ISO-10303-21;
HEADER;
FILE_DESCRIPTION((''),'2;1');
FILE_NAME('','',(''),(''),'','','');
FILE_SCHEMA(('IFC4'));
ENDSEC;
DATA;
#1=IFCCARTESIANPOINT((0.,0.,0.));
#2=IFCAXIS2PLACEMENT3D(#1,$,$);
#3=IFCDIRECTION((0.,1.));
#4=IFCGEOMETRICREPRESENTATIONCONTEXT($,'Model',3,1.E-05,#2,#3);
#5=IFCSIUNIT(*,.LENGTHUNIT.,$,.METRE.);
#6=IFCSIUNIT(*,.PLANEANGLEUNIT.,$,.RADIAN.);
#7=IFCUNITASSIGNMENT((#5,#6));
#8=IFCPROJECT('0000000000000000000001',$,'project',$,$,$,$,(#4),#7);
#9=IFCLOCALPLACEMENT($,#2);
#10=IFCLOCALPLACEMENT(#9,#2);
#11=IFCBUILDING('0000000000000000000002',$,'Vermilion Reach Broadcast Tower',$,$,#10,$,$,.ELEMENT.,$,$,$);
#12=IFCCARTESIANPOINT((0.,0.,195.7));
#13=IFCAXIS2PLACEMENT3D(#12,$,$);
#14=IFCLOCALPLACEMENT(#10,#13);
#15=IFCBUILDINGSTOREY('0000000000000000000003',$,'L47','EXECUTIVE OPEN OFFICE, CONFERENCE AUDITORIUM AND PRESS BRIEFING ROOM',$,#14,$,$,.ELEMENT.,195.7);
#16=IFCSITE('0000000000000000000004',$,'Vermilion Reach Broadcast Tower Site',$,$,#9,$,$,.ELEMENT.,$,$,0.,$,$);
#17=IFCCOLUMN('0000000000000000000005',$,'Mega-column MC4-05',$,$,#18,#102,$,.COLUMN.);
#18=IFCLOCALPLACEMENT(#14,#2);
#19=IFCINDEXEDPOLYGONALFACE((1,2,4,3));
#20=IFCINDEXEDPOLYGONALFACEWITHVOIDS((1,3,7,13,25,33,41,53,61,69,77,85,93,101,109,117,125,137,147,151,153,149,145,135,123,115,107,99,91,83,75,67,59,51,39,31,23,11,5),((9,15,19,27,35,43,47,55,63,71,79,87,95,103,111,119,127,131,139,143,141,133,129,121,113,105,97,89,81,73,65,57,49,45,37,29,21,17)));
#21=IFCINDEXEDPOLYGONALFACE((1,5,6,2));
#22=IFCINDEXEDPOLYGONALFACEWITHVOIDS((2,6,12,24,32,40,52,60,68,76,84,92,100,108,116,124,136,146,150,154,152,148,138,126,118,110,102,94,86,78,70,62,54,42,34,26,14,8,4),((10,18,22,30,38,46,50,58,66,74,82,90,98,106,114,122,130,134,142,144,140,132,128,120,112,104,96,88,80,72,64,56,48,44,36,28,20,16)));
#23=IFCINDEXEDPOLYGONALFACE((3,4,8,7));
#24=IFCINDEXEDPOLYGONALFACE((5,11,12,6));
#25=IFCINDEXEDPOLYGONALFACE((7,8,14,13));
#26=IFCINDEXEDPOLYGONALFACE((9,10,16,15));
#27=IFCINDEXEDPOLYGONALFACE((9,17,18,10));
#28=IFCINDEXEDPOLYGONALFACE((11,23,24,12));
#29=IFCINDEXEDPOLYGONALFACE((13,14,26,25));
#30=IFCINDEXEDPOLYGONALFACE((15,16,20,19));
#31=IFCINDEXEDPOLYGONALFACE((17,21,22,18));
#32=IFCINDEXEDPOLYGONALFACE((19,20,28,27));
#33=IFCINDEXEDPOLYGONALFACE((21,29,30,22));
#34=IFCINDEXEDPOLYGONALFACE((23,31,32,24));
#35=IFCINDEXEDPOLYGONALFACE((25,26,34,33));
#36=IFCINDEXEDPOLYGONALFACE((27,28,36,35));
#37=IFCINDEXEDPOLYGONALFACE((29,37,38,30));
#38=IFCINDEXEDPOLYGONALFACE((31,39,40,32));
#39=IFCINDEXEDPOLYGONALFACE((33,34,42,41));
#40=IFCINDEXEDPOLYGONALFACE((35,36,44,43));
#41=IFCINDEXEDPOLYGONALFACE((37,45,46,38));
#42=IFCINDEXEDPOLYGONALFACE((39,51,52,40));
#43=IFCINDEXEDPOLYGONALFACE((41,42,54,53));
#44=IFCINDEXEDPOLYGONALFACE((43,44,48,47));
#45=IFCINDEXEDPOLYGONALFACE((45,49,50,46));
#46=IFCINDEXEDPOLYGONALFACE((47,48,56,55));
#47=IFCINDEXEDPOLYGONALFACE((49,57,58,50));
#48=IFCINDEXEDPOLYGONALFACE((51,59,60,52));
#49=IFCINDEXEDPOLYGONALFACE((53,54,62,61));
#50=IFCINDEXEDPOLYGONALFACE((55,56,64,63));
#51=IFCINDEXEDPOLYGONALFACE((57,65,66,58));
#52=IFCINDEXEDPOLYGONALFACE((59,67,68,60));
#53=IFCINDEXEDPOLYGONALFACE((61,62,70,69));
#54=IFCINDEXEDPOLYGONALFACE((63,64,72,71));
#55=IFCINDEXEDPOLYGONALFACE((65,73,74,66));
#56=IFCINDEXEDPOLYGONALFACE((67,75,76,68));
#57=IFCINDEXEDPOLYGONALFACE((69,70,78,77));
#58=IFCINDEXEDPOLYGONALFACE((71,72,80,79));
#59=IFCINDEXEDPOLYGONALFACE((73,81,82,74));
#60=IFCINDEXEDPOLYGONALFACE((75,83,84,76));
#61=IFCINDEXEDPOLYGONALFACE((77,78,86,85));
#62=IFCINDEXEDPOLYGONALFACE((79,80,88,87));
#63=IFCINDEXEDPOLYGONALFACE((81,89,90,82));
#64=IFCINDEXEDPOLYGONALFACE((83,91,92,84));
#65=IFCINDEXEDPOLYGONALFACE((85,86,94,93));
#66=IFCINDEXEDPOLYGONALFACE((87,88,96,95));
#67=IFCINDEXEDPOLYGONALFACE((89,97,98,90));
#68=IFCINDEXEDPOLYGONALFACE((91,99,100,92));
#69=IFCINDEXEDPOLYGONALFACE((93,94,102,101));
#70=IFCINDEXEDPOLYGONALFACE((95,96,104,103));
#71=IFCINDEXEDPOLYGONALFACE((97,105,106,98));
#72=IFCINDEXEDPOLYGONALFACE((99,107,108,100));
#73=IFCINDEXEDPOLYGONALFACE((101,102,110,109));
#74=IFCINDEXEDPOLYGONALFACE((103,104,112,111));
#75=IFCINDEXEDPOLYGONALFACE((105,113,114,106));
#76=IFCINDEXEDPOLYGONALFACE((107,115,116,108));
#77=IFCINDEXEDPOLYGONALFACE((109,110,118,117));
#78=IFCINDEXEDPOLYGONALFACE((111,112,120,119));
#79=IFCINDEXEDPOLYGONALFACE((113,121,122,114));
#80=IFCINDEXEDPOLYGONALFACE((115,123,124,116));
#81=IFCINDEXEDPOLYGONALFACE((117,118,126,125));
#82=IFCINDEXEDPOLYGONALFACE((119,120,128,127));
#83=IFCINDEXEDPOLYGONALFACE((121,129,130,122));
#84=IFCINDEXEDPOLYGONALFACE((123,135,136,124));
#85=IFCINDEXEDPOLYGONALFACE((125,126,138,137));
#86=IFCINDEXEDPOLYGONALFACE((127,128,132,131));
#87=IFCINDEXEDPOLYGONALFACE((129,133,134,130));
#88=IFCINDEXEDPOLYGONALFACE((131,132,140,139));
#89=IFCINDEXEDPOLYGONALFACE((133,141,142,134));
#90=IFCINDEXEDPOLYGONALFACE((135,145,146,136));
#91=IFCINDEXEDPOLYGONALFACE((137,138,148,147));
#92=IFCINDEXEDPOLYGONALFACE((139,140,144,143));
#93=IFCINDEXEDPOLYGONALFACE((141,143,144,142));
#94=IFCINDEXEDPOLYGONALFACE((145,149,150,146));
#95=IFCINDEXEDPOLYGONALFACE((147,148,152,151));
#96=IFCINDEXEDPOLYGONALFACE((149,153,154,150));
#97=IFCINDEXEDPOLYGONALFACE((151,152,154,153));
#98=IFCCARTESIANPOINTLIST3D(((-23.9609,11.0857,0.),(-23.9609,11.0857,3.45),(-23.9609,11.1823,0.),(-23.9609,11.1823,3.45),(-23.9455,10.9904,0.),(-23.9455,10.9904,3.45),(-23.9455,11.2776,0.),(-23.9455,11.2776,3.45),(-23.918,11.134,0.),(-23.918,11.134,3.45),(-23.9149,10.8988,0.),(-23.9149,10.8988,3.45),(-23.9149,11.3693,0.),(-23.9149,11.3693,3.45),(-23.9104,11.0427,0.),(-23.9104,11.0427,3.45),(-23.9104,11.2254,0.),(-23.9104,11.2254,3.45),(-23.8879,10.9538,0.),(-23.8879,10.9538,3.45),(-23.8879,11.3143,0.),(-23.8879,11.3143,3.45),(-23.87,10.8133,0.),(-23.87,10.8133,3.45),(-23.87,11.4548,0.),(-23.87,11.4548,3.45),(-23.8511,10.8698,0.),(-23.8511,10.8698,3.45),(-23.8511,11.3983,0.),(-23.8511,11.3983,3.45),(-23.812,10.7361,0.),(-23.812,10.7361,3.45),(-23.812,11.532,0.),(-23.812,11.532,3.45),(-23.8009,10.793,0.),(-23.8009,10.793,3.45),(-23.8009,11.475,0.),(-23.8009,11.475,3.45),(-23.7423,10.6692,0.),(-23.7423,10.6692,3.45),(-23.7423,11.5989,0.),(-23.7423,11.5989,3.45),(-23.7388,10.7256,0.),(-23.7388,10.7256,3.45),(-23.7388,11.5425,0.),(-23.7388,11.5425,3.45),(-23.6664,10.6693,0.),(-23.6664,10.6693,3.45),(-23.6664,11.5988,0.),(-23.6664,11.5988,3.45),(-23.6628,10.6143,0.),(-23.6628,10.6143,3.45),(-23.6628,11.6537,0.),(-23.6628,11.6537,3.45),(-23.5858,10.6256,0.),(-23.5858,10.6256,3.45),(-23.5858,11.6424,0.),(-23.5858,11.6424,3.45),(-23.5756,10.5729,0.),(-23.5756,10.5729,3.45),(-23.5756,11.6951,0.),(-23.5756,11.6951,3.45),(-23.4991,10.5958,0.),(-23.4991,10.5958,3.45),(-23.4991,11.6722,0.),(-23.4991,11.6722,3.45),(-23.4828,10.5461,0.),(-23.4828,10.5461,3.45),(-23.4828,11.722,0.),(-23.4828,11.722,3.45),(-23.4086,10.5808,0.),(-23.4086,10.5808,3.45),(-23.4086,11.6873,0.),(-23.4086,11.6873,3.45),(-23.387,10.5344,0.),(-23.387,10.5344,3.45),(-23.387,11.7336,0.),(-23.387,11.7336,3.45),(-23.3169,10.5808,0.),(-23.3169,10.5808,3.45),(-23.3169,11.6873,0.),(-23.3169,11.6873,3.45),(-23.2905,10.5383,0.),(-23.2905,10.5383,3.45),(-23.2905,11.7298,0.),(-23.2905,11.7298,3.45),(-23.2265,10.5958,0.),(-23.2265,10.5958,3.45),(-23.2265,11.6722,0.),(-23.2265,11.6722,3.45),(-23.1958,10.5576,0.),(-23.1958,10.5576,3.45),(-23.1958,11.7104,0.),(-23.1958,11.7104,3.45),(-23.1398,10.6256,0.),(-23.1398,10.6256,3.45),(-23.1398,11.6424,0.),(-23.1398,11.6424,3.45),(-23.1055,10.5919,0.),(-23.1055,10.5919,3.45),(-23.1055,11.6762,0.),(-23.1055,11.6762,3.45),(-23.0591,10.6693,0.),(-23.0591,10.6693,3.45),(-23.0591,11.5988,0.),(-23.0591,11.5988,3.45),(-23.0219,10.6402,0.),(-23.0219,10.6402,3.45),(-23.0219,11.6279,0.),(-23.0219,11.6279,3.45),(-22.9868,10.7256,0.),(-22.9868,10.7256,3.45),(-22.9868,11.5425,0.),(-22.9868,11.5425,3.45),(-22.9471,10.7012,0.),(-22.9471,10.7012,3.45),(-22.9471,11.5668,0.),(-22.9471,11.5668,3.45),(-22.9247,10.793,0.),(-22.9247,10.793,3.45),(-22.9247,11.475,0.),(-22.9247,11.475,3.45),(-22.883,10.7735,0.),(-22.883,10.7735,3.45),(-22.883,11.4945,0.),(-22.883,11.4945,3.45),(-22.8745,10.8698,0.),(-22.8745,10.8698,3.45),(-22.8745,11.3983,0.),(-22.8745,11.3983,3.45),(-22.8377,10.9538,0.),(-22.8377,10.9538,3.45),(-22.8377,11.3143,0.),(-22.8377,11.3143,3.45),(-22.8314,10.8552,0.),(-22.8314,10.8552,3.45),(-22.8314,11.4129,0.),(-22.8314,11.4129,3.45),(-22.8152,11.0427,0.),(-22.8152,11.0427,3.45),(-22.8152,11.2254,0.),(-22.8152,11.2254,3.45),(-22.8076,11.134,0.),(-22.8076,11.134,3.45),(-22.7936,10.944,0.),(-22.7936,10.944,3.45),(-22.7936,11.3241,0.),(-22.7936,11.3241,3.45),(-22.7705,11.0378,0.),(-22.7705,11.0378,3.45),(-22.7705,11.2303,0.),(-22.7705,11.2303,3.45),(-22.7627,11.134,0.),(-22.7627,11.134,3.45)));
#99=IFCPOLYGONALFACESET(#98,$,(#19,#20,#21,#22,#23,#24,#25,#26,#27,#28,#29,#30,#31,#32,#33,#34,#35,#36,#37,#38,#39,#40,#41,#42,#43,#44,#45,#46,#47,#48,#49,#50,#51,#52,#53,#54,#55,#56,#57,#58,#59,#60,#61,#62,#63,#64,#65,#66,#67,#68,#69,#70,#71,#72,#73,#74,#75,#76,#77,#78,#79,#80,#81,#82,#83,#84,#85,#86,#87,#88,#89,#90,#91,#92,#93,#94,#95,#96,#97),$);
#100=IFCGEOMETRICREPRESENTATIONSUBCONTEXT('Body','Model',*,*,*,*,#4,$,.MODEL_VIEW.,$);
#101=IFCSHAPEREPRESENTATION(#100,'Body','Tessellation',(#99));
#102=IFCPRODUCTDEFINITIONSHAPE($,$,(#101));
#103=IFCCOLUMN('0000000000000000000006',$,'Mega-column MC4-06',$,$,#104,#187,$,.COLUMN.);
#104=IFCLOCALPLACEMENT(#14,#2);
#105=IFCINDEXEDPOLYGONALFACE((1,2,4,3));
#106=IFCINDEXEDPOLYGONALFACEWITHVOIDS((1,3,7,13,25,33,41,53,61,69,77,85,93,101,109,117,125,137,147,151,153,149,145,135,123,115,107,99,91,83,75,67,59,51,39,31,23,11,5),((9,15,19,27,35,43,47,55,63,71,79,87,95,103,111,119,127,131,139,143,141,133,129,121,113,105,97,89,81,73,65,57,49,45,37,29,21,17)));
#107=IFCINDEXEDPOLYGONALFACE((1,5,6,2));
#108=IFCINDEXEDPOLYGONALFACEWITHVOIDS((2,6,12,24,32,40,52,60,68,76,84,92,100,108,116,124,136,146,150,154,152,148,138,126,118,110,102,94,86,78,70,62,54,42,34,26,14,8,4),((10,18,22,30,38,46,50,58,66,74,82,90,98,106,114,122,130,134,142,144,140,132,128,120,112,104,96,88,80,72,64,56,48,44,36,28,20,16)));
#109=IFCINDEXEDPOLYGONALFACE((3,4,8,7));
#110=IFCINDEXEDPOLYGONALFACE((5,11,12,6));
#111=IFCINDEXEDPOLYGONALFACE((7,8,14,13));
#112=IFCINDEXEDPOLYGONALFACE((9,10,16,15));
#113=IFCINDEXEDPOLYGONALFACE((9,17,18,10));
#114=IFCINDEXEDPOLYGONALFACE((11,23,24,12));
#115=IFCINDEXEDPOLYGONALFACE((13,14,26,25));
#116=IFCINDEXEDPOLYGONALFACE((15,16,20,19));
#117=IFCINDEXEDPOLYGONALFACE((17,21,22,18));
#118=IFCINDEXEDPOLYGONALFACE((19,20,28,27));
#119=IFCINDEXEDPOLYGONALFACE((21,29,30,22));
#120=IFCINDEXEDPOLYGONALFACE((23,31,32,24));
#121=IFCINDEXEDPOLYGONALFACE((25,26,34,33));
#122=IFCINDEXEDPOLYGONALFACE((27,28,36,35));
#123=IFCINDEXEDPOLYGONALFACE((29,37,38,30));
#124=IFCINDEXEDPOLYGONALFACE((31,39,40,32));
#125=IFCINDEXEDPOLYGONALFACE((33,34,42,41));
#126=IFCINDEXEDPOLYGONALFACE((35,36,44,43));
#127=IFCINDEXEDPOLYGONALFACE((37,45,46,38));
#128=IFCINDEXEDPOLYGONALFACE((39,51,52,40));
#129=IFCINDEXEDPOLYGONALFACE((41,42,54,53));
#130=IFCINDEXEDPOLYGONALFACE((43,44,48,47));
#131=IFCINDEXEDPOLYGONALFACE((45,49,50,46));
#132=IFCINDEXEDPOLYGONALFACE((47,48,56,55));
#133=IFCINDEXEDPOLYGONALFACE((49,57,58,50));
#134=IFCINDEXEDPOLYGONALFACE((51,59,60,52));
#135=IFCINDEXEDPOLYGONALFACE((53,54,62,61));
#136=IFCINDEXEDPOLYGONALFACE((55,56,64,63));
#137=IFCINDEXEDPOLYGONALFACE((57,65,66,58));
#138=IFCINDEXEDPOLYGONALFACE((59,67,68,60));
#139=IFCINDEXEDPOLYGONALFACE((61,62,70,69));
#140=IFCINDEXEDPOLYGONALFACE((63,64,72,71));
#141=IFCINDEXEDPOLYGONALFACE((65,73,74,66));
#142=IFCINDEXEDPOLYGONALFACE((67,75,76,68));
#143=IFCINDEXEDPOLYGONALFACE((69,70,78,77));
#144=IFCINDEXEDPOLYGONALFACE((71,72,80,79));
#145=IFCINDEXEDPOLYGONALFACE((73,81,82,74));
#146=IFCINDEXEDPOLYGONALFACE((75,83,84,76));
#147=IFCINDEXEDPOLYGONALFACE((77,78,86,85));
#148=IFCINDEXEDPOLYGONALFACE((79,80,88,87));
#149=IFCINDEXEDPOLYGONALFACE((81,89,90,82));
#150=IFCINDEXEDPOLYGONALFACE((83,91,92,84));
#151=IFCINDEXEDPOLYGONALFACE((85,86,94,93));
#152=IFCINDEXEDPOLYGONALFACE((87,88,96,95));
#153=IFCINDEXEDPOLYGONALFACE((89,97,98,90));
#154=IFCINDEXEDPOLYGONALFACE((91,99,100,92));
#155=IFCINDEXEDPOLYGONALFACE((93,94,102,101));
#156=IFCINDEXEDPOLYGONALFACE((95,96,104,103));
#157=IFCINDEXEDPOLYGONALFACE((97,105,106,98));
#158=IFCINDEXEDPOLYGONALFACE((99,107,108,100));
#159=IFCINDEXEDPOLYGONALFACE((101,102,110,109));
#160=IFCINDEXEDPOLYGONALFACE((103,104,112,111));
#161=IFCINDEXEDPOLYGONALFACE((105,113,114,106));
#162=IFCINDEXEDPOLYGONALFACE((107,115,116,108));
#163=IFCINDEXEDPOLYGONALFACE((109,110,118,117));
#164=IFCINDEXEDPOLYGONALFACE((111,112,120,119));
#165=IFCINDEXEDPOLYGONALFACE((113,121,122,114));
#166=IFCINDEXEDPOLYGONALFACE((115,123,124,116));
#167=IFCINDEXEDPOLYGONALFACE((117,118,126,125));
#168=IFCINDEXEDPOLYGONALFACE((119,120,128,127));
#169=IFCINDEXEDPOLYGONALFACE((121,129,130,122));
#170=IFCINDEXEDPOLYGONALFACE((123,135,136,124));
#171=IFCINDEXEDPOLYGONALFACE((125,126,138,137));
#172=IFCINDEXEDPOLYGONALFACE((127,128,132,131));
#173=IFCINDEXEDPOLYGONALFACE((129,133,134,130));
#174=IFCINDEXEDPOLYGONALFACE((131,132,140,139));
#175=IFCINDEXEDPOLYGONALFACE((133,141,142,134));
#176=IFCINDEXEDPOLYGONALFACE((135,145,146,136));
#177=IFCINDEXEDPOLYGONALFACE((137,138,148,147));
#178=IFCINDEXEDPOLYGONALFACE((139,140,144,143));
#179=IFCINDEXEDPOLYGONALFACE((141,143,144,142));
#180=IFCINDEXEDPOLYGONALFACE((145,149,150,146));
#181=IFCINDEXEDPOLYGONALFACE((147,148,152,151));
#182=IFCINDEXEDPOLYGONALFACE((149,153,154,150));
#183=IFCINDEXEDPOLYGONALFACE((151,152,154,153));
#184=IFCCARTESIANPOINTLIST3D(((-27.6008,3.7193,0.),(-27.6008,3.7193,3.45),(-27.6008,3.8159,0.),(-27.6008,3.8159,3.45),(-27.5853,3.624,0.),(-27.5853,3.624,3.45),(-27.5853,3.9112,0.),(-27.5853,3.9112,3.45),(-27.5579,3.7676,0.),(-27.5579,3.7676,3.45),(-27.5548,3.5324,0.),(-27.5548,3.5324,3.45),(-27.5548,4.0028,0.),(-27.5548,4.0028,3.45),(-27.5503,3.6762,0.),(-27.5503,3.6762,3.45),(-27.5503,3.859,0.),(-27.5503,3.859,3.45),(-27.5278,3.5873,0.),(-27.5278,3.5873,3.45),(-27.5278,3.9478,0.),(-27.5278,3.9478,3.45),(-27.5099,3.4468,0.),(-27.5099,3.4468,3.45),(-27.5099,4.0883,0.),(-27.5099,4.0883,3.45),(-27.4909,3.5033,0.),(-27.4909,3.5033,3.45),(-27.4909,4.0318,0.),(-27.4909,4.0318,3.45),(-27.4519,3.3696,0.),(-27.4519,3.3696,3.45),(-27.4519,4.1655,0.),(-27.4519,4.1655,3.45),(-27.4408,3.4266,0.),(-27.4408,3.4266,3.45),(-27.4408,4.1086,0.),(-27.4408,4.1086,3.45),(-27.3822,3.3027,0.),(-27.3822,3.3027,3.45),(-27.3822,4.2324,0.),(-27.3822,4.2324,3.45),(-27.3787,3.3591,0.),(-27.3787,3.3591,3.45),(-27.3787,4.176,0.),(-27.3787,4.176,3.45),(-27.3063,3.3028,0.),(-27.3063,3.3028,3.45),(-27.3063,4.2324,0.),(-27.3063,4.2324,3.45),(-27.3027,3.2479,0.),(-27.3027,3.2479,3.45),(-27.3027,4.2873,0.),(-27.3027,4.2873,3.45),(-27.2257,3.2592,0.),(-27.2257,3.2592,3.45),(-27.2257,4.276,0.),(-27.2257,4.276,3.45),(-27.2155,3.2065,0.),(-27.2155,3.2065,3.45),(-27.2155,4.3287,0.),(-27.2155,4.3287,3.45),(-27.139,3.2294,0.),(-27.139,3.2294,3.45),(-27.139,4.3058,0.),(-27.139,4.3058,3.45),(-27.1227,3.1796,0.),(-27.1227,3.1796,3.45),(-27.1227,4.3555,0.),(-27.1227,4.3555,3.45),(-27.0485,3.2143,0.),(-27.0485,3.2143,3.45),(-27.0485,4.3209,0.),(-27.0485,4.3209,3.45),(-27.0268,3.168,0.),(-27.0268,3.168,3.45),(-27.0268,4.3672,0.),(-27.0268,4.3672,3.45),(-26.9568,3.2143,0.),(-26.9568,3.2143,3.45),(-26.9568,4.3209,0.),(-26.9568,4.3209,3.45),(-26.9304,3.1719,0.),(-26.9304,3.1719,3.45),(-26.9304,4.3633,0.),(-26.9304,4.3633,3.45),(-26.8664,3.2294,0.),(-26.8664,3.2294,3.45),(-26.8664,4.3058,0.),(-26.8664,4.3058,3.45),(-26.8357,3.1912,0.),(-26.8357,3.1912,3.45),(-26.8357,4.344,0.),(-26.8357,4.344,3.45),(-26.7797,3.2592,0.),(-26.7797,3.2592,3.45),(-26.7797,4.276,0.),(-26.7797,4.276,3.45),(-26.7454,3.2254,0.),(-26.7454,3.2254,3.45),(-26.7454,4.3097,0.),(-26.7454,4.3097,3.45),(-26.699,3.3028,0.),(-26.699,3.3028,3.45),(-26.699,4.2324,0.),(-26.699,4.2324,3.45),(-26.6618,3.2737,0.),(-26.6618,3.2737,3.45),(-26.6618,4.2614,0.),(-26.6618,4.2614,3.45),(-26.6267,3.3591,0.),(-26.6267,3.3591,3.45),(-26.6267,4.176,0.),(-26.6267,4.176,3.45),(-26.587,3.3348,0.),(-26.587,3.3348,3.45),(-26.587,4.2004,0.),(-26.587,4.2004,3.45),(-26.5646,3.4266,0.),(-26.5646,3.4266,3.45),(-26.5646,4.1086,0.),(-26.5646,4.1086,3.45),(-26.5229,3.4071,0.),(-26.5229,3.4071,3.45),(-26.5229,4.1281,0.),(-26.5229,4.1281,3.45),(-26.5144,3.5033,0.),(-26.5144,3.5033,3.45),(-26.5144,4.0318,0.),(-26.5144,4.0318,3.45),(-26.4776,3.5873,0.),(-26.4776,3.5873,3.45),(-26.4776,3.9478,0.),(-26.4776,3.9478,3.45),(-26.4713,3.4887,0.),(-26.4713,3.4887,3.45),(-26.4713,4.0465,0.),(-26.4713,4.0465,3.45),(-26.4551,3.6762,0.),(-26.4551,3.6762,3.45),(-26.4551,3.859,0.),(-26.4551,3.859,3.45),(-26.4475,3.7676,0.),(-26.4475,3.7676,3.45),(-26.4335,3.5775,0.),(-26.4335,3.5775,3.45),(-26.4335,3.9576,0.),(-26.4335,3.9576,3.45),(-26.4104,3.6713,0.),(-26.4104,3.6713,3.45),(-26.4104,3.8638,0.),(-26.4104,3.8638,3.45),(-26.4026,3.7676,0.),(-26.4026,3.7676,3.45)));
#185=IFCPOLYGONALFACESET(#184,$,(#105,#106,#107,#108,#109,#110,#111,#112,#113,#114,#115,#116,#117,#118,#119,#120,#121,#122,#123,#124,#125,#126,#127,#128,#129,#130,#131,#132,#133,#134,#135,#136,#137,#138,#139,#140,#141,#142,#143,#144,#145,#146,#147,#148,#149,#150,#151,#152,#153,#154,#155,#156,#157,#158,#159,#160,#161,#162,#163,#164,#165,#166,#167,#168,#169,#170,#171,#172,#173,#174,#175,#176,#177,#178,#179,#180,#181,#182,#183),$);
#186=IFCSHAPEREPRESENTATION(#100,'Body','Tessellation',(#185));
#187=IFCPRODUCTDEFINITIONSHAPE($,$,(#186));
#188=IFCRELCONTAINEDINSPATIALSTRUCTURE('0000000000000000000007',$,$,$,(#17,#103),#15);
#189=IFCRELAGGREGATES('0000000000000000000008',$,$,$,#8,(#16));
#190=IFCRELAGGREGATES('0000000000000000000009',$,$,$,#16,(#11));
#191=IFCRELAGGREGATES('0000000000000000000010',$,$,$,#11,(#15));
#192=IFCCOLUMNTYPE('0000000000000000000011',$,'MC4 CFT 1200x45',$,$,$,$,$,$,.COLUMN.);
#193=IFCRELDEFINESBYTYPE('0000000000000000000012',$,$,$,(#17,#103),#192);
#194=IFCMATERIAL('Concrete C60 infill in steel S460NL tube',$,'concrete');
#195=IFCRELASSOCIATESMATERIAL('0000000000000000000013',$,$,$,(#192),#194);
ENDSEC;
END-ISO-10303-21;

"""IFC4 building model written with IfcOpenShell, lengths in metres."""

from ifc_helpers import new_model, si_unit, direction, frame, origin, origin_2d, place, context, subcontext, project, spatial, hollow_circle, extrude, material, material_profile, profile_set, type_object, element, save


model = new_model("IFC4")

# Units and contexts
model_context = context("Model", 3, precision=1e-05, world=origin(), true_north=direction((0.0, 1.0)))
body_context = subcontext(model_context, "Body", "Model", "MODEL_VIEW")
ifc_project = project(units=[si_unit("LENGTHUNIT", "METRE"), si_unit("PLANEANGLEUNIT", "RADIAN")], contexts=[model_context])

# Site, building, storey
site_placement = place(None, origin())
site = spatial("IfcSite", under=ifc_project, at=site_placement, Name="Vermilion Reach Broadcast Tower Site", CompositionType="ELEMENT", RefElevation=0.0)
building_placement = place(site_placement, origin())
building = spatial("IfcBuilding", under=site, at=building_placement, Name="Vermilion Reach Broadcast Tower", CompositionType="ELEMENT")
storey_placement = place(building_placement, frame((0.0, 0.0, 195.7)))
storey = spatial("IfcBuildingStorey", under=building, at=storey_placement, Name="L47", Description="EXECUTIVE OPEN OFFICE, CONFERENCE AUDITORIUM AND PRESS BRIEFING ROOM", CompositionType="ELEMENT", Elevation=195.7)

# Columns
ifc_material_1 = material(Name="Concrete C60 infill in steel S460NL tube", Category="concrete")
ifc_material_profile_1 = material_profile(ifc_material_1, hollow_circle(Radius=0.6001, WallThickness=0.0449, at=origin_2d()), Name="Concrete C60 infill in steel S460NL tube CFT 1200x45")
ifc_profile_set_1 = profile_set([ifc_material_profile_1], Name="Concrete C60 infill in steel S460NL tube")
column_type = type_object("IfcColumnType", Name="MC4 CFT 1200x45", PredefinedType="COLUMN", material=ifc_profile_set_1)
for number, where, z_axis, x_axis, name in (
    (1, (-23.3628, 11.134, 0.0), (0.0, 0.0, 1.0), (1.0, 0.0, 0.0), "Mega-column MC4-05"),
    (2, (-27.0027, 3.7676, 0.0), (0.0, 0.0, 1.0), (1.0, 0.0, 0.0), "Mega-column MC4-06"),
):
    element("IfcColumn", number, at=place(storey_placement, frame(where, z_axis=z_axis, x_axis=x_axis)), inside=storey, type_object=column_type, Name=name, PredefinedType="COLUMN", context=body_context, shape_type="SweptSolid", body=[
        extrude(hollow_circle(Radius=0.6001, WallThickness=0.0449, at=origin_2d()), origin(), (0.0, 0.0, 1.0), 3.45),
    ])

save(model, "model.ifc")
